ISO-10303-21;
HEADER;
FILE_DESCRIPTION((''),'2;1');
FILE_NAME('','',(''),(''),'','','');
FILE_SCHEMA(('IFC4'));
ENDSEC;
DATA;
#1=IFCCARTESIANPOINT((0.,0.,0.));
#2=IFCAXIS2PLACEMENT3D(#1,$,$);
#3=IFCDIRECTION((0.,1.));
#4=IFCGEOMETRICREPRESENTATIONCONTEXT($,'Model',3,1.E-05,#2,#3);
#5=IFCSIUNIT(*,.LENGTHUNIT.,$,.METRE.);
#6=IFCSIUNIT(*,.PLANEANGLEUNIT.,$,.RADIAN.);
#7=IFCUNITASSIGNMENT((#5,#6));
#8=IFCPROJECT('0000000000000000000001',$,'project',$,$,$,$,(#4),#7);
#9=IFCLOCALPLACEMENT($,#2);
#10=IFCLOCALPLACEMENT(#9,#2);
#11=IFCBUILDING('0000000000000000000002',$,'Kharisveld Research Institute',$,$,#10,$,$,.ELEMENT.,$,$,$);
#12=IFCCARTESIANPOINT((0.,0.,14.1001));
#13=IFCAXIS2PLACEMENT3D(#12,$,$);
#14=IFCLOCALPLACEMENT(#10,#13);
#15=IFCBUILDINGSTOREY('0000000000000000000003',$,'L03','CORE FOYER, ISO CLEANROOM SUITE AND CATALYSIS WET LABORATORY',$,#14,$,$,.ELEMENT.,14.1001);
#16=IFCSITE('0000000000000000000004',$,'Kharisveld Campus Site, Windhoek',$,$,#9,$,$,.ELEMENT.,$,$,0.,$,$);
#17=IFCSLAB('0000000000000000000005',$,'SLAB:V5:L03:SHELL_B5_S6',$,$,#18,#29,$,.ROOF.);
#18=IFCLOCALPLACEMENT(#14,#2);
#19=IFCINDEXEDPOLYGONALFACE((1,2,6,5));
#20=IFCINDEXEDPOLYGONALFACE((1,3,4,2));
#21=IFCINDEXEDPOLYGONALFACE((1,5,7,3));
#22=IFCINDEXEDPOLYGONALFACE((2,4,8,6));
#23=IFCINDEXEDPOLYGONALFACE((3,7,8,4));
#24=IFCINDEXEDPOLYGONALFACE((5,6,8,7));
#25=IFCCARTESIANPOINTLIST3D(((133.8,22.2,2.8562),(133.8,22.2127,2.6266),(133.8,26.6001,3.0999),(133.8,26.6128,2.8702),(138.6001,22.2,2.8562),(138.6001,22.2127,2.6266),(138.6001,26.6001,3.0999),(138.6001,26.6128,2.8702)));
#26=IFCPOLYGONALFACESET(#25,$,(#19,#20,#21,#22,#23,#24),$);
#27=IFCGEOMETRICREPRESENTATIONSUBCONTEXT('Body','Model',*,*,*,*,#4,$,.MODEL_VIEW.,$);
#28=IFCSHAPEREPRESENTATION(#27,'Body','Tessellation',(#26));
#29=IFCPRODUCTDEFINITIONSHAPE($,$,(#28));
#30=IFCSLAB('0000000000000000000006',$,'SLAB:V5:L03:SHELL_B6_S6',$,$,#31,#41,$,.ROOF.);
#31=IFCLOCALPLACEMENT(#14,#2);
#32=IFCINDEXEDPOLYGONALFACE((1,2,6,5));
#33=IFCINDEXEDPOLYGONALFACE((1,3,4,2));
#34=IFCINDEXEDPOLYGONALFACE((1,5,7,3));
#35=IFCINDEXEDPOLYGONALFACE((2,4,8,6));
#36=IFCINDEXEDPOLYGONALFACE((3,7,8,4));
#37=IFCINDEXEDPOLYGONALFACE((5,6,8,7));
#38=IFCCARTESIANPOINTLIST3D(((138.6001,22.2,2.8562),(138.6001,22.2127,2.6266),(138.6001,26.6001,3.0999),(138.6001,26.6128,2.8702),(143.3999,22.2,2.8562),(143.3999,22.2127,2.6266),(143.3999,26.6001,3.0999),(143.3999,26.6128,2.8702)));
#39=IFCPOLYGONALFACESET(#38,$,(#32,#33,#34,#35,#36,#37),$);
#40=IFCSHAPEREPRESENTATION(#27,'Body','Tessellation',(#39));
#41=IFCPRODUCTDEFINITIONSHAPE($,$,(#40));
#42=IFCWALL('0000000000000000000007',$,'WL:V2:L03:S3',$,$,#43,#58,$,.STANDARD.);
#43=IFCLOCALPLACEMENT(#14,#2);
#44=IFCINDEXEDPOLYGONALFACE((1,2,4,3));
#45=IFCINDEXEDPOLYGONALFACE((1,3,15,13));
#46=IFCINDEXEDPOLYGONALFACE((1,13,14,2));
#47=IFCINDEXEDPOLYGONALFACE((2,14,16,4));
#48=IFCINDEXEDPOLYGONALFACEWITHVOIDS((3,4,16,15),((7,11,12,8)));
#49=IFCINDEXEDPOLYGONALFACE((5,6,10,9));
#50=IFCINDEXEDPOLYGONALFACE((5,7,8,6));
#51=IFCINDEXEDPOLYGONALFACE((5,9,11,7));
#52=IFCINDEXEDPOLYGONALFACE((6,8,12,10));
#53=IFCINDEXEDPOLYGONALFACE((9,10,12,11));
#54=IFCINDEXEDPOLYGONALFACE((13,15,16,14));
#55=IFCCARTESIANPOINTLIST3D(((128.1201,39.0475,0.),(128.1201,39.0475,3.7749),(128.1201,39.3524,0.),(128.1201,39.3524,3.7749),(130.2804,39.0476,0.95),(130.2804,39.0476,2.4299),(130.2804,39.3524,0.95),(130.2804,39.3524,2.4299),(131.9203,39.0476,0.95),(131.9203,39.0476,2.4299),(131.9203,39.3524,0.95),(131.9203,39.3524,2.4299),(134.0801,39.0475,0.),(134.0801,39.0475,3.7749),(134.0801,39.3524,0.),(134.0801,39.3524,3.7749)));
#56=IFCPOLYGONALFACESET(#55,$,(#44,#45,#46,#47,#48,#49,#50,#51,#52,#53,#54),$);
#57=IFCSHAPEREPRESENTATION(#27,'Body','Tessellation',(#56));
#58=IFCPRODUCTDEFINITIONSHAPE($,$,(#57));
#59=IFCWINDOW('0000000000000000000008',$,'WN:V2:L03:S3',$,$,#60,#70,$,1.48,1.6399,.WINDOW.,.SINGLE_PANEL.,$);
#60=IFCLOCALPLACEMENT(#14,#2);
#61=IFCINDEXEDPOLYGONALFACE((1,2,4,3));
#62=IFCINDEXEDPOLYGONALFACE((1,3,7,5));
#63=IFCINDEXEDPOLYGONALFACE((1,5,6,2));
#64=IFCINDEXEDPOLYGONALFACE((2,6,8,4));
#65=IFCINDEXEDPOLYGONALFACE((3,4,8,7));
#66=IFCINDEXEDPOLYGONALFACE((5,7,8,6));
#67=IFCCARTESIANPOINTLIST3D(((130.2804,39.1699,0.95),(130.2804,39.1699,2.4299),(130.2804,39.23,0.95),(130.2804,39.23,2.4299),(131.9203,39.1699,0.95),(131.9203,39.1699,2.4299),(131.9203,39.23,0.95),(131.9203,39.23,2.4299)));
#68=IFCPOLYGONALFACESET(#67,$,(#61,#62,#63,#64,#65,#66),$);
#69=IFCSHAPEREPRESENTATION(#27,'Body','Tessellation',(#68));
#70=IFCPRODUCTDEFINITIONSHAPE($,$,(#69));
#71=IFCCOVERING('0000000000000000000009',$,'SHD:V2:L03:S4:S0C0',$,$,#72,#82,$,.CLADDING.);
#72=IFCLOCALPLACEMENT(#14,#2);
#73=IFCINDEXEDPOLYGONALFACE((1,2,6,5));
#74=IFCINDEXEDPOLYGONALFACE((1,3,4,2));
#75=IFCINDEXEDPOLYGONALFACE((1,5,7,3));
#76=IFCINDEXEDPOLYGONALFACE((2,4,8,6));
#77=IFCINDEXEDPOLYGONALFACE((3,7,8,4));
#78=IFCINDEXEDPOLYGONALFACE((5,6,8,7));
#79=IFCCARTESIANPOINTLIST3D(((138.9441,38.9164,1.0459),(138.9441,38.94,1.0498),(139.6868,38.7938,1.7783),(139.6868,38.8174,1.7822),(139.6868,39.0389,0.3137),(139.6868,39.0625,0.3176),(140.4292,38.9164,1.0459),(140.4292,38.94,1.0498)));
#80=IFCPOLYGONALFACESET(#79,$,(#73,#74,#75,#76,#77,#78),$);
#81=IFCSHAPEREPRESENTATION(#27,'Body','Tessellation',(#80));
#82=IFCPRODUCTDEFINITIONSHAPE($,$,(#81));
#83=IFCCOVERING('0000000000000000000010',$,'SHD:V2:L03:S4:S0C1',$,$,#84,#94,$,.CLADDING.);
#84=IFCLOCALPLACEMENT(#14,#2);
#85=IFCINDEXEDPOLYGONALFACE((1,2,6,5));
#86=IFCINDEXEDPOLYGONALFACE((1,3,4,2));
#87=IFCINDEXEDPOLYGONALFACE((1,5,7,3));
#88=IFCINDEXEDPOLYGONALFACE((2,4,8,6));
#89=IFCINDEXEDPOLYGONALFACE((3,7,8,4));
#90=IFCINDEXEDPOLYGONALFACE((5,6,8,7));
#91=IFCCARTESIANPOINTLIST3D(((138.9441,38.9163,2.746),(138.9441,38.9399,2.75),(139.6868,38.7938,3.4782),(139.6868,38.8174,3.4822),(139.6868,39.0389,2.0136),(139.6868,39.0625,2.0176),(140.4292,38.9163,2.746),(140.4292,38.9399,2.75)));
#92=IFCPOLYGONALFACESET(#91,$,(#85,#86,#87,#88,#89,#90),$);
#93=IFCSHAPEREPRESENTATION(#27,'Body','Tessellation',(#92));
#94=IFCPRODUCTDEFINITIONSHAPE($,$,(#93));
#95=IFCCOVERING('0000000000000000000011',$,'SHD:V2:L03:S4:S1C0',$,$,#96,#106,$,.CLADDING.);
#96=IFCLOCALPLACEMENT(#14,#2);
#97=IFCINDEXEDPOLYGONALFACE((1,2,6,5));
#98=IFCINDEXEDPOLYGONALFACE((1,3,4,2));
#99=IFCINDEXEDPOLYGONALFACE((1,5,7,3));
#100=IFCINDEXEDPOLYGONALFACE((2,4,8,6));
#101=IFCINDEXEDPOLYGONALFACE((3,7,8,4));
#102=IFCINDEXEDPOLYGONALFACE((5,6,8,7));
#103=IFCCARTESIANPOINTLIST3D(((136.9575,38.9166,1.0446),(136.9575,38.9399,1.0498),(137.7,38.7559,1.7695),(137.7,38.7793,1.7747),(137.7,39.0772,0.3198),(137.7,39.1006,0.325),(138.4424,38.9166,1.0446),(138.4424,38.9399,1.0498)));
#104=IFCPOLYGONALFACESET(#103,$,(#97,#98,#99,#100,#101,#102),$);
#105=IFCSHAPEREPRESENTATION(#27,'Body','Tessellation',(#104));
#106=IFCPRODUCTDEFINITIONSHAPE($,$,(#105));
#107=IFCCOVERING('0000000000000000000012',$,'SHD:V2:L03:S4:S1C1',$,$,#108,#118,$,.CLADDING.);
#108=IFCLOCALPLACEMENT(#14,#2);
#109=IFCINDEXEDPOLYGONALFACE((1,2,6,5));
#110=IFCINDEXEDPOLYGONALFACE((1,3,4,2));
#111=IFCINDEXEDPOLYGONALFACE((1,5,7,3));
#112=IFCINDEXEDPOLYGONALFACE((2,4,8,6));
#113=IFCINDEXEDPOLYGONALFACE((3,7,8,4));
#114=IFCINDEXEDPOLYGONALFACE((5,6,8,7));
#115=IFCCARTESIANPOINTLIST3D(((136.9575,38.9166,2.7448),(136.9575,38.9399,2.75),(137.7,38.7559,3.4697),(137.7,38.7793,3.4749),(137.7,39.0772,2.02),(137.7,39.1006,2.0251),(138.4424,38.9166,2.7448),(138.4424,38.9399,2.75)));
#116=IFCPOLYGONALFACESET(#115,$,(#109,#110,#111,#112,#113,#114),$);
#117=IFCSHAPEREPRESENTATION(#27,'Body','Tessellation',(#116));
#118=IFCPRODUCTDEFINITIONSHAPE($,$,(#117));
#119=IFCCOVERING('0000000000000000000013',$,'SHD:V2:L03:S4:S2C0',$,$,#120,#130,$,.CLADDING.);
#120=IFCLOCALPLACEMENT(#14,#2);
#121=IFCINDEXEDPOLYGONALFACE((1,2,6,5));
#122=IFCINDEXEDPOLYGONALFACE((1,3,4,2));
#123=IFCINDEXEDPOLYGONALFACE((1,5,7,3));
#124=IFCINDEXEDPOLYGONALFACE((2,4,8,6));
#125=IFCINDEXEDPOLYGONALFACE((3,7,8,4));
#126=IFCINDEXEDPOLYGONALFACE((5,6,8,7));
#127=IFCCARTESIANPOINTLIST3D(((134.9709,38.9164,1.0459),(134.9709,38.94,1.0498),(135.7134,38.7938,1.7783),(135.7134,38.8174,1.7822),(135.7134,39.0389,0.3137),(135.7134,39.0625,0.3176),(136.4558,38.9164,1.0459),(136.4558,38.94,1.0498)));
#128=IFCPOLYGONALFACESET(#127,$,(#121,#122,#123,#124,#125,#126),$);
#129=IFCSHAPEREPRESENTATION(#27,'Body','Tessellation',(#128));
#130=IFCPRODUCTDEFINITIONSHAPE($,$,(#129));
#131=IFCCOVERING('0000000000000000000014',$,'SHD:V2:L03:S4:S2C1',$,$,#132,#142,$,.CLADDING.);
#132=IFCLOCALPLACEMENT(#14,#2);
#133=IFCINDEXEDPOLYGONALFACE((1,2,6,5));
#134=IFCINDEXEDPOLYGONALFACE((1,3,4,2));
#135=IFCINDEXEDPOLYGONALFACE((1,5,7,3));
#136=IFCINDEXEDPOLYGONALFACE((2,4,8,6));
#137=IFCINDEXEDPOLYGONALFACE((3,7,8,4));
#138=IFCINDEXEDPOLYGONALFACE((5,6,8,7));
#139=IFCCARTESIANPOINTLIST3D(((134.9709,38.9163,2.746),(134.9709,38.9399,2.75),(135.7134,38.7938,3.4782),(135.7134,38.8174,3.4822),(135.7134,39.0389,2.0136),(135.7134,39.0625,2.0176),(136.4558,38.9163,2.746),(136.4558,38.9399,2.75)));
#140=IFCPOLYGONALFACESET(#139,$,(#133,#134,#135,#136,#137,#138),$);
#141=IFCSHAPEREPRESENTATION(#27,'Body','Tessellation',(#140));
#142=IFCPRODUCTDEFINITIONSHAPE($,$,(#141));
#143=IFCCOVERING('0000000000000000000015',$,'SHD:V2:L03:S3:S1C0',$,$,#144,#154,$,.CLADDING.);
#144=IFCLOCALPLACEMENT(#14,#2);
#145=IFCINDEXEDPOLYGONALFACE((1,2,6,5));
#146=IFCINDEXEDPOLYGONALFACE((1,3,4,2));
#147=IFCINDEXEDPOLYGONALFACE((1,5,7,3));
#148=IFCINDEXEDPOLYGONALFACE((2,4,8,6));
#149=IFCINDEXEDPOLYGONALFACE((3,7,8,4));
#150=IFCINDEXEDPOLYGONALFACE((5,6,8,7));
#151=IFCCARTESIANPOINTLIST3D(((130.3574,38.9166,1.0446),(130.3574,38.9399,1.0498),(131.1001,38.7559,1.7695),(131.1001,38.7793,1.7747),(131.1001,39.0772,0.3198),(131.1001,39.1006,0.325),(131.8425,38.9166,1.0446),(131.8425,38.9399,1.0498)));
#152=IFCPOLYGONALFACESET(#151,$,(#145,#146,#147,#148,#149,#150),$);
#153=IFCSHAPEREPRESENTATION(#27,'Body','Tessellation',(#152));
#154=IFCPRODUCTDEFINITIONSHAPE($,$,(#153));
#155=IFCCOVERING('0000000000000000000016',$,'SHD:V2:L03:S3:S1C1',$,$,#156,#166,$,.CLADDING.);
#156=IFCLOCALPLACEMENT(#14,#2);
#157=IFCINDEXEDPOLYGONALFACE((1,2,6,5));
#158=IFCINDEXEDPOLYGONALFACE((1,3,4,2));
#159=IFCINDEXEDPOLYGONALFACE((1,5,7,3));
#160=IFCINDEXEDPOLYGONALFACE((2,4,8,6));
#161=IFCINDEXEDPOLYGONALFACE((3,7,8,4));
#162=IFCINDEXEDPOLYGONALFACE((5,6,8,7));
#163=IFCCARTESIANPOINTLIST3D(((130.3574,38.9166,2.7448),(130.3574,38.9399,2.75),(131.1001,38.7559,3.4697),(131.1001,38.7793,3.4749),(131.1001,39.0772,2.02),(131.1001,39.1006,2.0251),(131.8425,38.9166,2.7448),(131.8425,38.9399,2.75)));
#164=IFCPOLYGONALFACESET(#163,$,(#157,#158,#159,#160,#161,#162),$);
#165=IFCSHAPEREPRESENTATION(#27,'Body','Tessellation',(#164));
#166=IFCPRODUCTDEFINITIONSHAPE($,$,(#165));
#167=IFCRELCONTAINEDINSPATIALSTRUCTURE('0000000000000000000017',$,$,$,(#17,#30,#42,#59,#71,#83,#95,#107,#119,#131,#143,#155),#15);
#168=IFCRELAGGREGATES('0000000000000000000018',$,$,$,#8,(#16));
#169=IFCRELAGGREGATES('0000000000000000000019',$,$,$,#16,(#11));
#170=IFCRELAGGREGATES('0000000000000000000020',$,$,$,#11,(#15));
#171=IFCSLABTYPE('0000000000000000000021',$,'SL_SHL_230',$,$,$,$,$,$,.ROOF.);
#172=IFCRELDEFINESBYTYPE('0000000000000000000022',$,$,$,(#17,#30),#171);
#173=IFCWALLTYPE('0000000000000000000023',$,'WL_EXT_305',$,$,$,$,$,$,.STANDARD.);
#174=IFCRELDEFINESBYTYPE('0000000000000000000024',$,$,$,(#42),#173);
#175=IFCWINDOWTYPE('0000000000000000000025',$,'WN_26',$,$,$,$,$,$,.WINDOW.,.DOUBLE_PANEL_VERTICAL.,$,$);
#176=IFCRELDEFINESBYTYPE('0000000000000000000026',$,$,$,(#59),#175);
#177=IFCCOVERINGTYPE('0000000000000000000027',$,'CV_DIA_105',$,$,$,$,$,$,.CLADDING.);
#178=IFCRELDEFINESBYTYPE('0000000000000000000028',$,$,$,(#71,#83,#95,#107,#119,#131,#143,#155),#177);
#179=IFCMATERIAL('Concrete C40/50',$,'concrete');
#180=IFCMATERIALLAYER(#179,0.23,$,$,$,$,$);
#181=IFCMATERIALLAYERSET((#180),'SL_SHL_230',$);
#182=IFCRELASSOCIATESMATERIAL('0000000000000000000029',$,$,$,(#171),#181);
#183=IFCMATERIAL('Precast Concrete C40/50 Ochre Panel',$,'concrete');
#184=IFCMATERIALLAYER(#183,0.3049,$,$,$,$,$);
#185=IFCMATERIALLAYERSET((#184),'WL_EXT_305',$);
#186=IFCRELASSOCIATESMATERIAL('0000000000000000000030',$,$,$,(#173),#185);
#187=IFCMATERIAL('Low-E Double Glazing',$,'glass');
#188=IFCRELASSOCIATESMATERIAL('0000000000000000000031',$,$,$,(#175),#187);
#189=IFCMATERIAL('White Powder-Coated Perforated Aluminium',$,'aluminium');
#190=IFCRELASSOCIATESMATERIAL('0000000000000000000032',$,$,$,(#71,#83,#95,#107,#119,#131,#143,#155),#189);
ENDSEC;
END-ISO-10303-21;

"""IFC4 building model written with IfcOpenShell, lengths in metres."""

from ifc_helpers import new_model, si_unit, direction, frame, frame_2d, origin, place, context, subcontext, project, spatial, polyline, rectangle, outline, extrude, material, layer, layer_set, type_object, element, fill, save


model = new_model("IFC4")

# Units and contexts
model_context = context("Model", 3, precision=1e-05, world=origin(), true_north=direction((0.0, 1.0)))
body_context = subcontext(model_context, "Body", "Model", "MODEL_VIEW")
ifc_project = project(units=[si_unit("LENGTHUNIT", "METRE"), si_unit("PLANEANGLEUNIT", "RADIAN")], contexts=[model_context])

# Site, building, storey
site_placement = place(None, origin())
site = spatial("IfcSite", under=ifc_project, at=site_placement, Name="Kharisveld Campus Site, Windhoek", CompositionType="ELEMENT", RefElevation=0.0)
building_placement = place(site_placement, origin())
building = spatial("IfcBuilding", under=site, at=building_placement, Name="Kharisveld Research Institute", CompositionType="ELEMENT")
storey_placement = place(building_placement, frame((0.0, 0.0, 14.1001)))
storey = spatial("IfcBuildingStorey", under=building, at=storey_placement, Name="L03", Description="CORE FOYER, ISO CLEANROOM SUITE AND CATALYSIS WET LABORATORY", CompositionType="ELEMENT", Elevation=14.1001)

# Slabs
ifc_material_1 = material(Name="Concrete C40/50", Category="concrete")
ifc_layer_1 = layer(ifc_material_1, 0.23)
ifc_layer_set_1 = layer_set([ifc_layer_1], Name="SL_SHL_230")
slab_type_1 = type_object("IfcSlabType", Name="SL_SHL_230", PredefinedType="ROOF", material=ifc_layer_set_1)
slab_1_placement = place(storey_placement, frame((133.8, 22.2, 2.8562), z_axis=(0.0, -0.055289, 0.99847), x_axis=(1.0, 0.0, 0.0)))
element("IfcSlab", 1, at=slab_1_placement, inside=storey, type_object=slab_type_1, Name="SLAB:V5:L03:SHELL_B5_S6", PredefinedType="ROOF", context=body_context, shape_type="SweptSolid", body=[
    extrude(outline(polyline([(0.0, 0.0), (4.8, 0.0), (4.8, 4.4069), (0.0, 4.4069), (0.0, 0.0)])), origin(), (0.0, 0.0, -1.0), 0.23),
])
slab_2_placement = place(storey_placement, frame((138.6001, 22.2, 2.8562), z_axis=(0.0, -0.055289, 0.99847), x_axis=(1.0, 0.0, 0.0)))
element("IfcSlab", 2, at=slab_2_placement, inside=storey, type_object=slab_type_1, Name="SLAB:V5:L03:SHELL_B6_S6", PredefinedType="ROOF", context=body_context, shape_type="SweptSolid", body=[
    extrude(outline(polyline([(0.0, 0.0), (4.7998, 0.0), (4.7998, 4.4069), (0.0, 4.4069), (0.0, 0.0)])), origin(), (0.0, 0.0, -1.0), 0.23),
])

# Wall, opening, window
ifc_material_2 = material(Name="Precast Concrete C40/50 Ochre Panel", Category="concrete")
ifc_layer_2 = layer(ifc_material_2, 0.3049)
ifc_layer_set_2 = layer_set([ifc_layer_2], Name="WL_EXT_305")
wall_type = type_object("IfcWallType", Name="WL_EXT_305", PredefinedType="STANDARD", material=ifc_layer_set_2)
wall_placement = place(storey_placement, frame((134.0801, 39.2, 0.0), z_axis=(0.0, 0.0, 1.0), x_axis=(-1.0, 0.0, 0.0)))
wall = element("IfcWall", 3, at=wall_placement, inside=storey, type_object=wall_type, Name="WL:V2:L03:S3", PredefinedType="STANDARD", context=body_context, shape_type="SweptSolid", body=[
    extrude(rectangle(XDim=5.96, YDim=0.3049, at=frame_2d((2.98, 0.0))), origin(), (0.0, 0.0, 1.0), 3.7749),
])
opening_placement = place(wall_placement, frame((2.1599, 0.0, 0.95)))
opening = element("IfcOpeningElement", 4, at=opening_placement, cuts=wall, PredefinedType="OPENING", context=body_context, shape_type="SweptSolid", body=[
    extrude(rectangle(XDim=1.6399, YDim=1.48, at=frame_2d((0.8198, 0.74))), frame((0.0, 0.1523, 0.0), z_axis=(0.0, -1.0, 0.0), x_axis=(1.0, 0.0, 0.0)), (0.0, 0.0, 1.0), 0.3049),
])
ifc_material_3 = material(Name="Low-E Double Glazing", Category="glass")
window_type = type_object("IfcWindowType", Name="WN_26", PartitioningType="DOUBLE_PANEL_VERTICAL", PredefinedType="WINDOW", material=ifc_material_3)
window_placement = place(opening_placement, origin())
window = element("IfcWindow", 5, at=window_placement, inside=storey, type_object=window_type, Name="WN:V2:L03:S3", OverallHeight=1.48, OverallWidth=1.6399, PartitioningType="SINGLE_PANEL", PredefinedType="WINDOW", context=body_context, shape_type="SweptSolid", body=[
    extrude(rectangle(XDim=1.6399, YDim=1.48, at=frame_2d((0.8198, 0.74))), frame((0.0, 0.03, 0.0), z_axis=(0.0, -1.0, 0.0), x_axis=(1.0, 0.0, 0.0)), (0.0, 0.0, 1.0), 0.0601),
])
fill(opening, window)

# Coverings
ifc_material_4 = material(Name="White Powder-Coated Perforated Aluminium", Category="aluminium")
covering_type = type_object("IfcCoveringType", Name="CV_DIA_105", PredefinedType="CLADDING")
covering_1_placement = place(storey_placement, frame((139.6868, 39.0625, 0.3176), z_axis=(0.0, 0.986283, 0.165065), x_axis=(-0.707255, -0.116694, 0.697261)))
element("IfcCovering", 6, at=covering_1_placement, inside=storey, type_object=covering_type, material=ifc_material_4, Name="SHD:V2:L03:S4:S0C0", PredefinedType="CLADDING", context=body_context, shape_type="SweptSolid", body=[
    extrude(outline(polyline([(0.0, 0.0), (1.0501, 0.0), (1.0498, 1.0503), (-0.0003, 1.0499), (0.0, 0.0)])), origin(), (0.0, 0.0, -1.0), 0.0239),
])
covering_2_placement = place(storey_placement, frame((139.6868, 39.0625, 2.0176), z_axis=(0.0, 0.986283, 0.165065), x_axis=(-0.70714, -0.116713, 0.697374)))
element("IfcCovering", 7, at=covering_2_placement, inside=storey, type_object=covering_type, material=ifc_material_4, Name="SHD:V2:L03:S4:S0C1", PredefinedType="CLADDING", context=body_context, shape_type="SweptSolid", body=[
    extrude(outline(polyline([(0.0, 0.0), (1.0503, 0.0), (1.05, 1.0501), (0.0001, 1.0501), (0.0, 0.0)])), origin(), (0.0, 0.0, -1.0), 0.0239),
])
for number, where, z_axis, x_axis, name in (
    (8, (137.7, 39.1006, 0.325), (0.0, 0.976311, 0.216373), (-0.707102, -0.153, 0.69036), "SHD:V2:L03:S4:S1C0"),
    (9, (137.7, 39.1006, 2.0251), (0.0, 0.976311, 0.216373), (-0.707102, -0.153, 0.69036), "SHD:V2:L03:S4:S1C1"),
):
    element("IfcCovering", number, at=place(storey_placement, frame(where, z_axis=z_axis, x_axis=x_axis)), inside=storey, type_object=covering_type, material=ifc_material_4, Name=name, PredefinedType="CLADDING", context=body_context, shape_type="SweptSolid", body=[
        extrude(outline(polyline([(0.0, 0.0), (1.05, 0.0), (1.05, 1.05), (0.0, 1.05), (0.0, 0.0)])), origin(), (0.0, 0.0, -1.0), 0.0239),
    ])
covering_3_placement = place(storey_placement, frame((135.7134, 39.0625, 0.3176), z_axis=(0.0, 0.986283, 0.165065), x_axis=(-0.707139, -0.116714, 0.697376)))
element("IfcCovering", 10, at=covering_3_placement, inside=storey, type_object=covering_type, material=ifc_material_4, Name="SHD:V2:L03:S4:S2C0", PredefinedType="CLADDING", context=body_context, shape_type="SweptSolid", body=[
    extrude(outline(polyline([(0.0, 0.0), (1.0499, 0.0), (1.05, 1.0501), (-0.0001, 1.0499), (0.0, 0.0)])), origin(), (0.0, 0.0, -1.0), 0.0239),
])
covering_4_placement = place(storey_placement, frame((135.7134, 39.0625, 2.0176), z_axis=(0.0, 0.986283, 0.165065), x_axis=(-0.707024, -0.116733, 0.697489)))
element("IfcCovering", 11, at=covering_4_placement, inside=storey, type_object=covering_type, material=ifc_material_4, Name="SHD:V2:L03:S4:S2C1", PredefinedType="CLADDING", context=body_context, shape_type="SweptSolid", body=[
    extrude(outline(polyline([(0.0, 0.0), (1.0501, 0.0), (1.0502, 1.0499), (0.0002, 1.0501), (0.0, 0.0)])), origin(), (0.0, 0.0, -1.0), 0.0239),
])
for number, where, z_axis, x_axis, name in (
    (12, (131.1001, 39.1006, 0.325), (0.0, 0.976311, 0.216373), (-0.707218, -0.152975, 0.690247), "SHD:V2:L03:S3:S1C0"),
    (13, (131.1001, 39.1006, 2.0251), (0.0, 0.976311, 0.216373), (-0.707218, -0.152975, 0.690247), "SHD:V2:L03:S3:S1C1"),
):
    element("IfcCovering", number, at=place(storey_placement, frame(where, z_axis=z_axis, x_axis=x_axis)), inside=storey, type_object=covering_type, material=ifc_material_4, Name=name, PredefinedType="CLADDING", context=body_context, shape_type="SweptSolid", body=[
        extrude(outline(polyline([(0.0, 0.0), (1.0501, 0.0), (1.0498, 1.0501), (-0.0002, 1.05), (0.0, 0.0)])), origin(), (0.0, 0.0, -1.0), 0.0239),
    ])

save(model, "model.ifc")
